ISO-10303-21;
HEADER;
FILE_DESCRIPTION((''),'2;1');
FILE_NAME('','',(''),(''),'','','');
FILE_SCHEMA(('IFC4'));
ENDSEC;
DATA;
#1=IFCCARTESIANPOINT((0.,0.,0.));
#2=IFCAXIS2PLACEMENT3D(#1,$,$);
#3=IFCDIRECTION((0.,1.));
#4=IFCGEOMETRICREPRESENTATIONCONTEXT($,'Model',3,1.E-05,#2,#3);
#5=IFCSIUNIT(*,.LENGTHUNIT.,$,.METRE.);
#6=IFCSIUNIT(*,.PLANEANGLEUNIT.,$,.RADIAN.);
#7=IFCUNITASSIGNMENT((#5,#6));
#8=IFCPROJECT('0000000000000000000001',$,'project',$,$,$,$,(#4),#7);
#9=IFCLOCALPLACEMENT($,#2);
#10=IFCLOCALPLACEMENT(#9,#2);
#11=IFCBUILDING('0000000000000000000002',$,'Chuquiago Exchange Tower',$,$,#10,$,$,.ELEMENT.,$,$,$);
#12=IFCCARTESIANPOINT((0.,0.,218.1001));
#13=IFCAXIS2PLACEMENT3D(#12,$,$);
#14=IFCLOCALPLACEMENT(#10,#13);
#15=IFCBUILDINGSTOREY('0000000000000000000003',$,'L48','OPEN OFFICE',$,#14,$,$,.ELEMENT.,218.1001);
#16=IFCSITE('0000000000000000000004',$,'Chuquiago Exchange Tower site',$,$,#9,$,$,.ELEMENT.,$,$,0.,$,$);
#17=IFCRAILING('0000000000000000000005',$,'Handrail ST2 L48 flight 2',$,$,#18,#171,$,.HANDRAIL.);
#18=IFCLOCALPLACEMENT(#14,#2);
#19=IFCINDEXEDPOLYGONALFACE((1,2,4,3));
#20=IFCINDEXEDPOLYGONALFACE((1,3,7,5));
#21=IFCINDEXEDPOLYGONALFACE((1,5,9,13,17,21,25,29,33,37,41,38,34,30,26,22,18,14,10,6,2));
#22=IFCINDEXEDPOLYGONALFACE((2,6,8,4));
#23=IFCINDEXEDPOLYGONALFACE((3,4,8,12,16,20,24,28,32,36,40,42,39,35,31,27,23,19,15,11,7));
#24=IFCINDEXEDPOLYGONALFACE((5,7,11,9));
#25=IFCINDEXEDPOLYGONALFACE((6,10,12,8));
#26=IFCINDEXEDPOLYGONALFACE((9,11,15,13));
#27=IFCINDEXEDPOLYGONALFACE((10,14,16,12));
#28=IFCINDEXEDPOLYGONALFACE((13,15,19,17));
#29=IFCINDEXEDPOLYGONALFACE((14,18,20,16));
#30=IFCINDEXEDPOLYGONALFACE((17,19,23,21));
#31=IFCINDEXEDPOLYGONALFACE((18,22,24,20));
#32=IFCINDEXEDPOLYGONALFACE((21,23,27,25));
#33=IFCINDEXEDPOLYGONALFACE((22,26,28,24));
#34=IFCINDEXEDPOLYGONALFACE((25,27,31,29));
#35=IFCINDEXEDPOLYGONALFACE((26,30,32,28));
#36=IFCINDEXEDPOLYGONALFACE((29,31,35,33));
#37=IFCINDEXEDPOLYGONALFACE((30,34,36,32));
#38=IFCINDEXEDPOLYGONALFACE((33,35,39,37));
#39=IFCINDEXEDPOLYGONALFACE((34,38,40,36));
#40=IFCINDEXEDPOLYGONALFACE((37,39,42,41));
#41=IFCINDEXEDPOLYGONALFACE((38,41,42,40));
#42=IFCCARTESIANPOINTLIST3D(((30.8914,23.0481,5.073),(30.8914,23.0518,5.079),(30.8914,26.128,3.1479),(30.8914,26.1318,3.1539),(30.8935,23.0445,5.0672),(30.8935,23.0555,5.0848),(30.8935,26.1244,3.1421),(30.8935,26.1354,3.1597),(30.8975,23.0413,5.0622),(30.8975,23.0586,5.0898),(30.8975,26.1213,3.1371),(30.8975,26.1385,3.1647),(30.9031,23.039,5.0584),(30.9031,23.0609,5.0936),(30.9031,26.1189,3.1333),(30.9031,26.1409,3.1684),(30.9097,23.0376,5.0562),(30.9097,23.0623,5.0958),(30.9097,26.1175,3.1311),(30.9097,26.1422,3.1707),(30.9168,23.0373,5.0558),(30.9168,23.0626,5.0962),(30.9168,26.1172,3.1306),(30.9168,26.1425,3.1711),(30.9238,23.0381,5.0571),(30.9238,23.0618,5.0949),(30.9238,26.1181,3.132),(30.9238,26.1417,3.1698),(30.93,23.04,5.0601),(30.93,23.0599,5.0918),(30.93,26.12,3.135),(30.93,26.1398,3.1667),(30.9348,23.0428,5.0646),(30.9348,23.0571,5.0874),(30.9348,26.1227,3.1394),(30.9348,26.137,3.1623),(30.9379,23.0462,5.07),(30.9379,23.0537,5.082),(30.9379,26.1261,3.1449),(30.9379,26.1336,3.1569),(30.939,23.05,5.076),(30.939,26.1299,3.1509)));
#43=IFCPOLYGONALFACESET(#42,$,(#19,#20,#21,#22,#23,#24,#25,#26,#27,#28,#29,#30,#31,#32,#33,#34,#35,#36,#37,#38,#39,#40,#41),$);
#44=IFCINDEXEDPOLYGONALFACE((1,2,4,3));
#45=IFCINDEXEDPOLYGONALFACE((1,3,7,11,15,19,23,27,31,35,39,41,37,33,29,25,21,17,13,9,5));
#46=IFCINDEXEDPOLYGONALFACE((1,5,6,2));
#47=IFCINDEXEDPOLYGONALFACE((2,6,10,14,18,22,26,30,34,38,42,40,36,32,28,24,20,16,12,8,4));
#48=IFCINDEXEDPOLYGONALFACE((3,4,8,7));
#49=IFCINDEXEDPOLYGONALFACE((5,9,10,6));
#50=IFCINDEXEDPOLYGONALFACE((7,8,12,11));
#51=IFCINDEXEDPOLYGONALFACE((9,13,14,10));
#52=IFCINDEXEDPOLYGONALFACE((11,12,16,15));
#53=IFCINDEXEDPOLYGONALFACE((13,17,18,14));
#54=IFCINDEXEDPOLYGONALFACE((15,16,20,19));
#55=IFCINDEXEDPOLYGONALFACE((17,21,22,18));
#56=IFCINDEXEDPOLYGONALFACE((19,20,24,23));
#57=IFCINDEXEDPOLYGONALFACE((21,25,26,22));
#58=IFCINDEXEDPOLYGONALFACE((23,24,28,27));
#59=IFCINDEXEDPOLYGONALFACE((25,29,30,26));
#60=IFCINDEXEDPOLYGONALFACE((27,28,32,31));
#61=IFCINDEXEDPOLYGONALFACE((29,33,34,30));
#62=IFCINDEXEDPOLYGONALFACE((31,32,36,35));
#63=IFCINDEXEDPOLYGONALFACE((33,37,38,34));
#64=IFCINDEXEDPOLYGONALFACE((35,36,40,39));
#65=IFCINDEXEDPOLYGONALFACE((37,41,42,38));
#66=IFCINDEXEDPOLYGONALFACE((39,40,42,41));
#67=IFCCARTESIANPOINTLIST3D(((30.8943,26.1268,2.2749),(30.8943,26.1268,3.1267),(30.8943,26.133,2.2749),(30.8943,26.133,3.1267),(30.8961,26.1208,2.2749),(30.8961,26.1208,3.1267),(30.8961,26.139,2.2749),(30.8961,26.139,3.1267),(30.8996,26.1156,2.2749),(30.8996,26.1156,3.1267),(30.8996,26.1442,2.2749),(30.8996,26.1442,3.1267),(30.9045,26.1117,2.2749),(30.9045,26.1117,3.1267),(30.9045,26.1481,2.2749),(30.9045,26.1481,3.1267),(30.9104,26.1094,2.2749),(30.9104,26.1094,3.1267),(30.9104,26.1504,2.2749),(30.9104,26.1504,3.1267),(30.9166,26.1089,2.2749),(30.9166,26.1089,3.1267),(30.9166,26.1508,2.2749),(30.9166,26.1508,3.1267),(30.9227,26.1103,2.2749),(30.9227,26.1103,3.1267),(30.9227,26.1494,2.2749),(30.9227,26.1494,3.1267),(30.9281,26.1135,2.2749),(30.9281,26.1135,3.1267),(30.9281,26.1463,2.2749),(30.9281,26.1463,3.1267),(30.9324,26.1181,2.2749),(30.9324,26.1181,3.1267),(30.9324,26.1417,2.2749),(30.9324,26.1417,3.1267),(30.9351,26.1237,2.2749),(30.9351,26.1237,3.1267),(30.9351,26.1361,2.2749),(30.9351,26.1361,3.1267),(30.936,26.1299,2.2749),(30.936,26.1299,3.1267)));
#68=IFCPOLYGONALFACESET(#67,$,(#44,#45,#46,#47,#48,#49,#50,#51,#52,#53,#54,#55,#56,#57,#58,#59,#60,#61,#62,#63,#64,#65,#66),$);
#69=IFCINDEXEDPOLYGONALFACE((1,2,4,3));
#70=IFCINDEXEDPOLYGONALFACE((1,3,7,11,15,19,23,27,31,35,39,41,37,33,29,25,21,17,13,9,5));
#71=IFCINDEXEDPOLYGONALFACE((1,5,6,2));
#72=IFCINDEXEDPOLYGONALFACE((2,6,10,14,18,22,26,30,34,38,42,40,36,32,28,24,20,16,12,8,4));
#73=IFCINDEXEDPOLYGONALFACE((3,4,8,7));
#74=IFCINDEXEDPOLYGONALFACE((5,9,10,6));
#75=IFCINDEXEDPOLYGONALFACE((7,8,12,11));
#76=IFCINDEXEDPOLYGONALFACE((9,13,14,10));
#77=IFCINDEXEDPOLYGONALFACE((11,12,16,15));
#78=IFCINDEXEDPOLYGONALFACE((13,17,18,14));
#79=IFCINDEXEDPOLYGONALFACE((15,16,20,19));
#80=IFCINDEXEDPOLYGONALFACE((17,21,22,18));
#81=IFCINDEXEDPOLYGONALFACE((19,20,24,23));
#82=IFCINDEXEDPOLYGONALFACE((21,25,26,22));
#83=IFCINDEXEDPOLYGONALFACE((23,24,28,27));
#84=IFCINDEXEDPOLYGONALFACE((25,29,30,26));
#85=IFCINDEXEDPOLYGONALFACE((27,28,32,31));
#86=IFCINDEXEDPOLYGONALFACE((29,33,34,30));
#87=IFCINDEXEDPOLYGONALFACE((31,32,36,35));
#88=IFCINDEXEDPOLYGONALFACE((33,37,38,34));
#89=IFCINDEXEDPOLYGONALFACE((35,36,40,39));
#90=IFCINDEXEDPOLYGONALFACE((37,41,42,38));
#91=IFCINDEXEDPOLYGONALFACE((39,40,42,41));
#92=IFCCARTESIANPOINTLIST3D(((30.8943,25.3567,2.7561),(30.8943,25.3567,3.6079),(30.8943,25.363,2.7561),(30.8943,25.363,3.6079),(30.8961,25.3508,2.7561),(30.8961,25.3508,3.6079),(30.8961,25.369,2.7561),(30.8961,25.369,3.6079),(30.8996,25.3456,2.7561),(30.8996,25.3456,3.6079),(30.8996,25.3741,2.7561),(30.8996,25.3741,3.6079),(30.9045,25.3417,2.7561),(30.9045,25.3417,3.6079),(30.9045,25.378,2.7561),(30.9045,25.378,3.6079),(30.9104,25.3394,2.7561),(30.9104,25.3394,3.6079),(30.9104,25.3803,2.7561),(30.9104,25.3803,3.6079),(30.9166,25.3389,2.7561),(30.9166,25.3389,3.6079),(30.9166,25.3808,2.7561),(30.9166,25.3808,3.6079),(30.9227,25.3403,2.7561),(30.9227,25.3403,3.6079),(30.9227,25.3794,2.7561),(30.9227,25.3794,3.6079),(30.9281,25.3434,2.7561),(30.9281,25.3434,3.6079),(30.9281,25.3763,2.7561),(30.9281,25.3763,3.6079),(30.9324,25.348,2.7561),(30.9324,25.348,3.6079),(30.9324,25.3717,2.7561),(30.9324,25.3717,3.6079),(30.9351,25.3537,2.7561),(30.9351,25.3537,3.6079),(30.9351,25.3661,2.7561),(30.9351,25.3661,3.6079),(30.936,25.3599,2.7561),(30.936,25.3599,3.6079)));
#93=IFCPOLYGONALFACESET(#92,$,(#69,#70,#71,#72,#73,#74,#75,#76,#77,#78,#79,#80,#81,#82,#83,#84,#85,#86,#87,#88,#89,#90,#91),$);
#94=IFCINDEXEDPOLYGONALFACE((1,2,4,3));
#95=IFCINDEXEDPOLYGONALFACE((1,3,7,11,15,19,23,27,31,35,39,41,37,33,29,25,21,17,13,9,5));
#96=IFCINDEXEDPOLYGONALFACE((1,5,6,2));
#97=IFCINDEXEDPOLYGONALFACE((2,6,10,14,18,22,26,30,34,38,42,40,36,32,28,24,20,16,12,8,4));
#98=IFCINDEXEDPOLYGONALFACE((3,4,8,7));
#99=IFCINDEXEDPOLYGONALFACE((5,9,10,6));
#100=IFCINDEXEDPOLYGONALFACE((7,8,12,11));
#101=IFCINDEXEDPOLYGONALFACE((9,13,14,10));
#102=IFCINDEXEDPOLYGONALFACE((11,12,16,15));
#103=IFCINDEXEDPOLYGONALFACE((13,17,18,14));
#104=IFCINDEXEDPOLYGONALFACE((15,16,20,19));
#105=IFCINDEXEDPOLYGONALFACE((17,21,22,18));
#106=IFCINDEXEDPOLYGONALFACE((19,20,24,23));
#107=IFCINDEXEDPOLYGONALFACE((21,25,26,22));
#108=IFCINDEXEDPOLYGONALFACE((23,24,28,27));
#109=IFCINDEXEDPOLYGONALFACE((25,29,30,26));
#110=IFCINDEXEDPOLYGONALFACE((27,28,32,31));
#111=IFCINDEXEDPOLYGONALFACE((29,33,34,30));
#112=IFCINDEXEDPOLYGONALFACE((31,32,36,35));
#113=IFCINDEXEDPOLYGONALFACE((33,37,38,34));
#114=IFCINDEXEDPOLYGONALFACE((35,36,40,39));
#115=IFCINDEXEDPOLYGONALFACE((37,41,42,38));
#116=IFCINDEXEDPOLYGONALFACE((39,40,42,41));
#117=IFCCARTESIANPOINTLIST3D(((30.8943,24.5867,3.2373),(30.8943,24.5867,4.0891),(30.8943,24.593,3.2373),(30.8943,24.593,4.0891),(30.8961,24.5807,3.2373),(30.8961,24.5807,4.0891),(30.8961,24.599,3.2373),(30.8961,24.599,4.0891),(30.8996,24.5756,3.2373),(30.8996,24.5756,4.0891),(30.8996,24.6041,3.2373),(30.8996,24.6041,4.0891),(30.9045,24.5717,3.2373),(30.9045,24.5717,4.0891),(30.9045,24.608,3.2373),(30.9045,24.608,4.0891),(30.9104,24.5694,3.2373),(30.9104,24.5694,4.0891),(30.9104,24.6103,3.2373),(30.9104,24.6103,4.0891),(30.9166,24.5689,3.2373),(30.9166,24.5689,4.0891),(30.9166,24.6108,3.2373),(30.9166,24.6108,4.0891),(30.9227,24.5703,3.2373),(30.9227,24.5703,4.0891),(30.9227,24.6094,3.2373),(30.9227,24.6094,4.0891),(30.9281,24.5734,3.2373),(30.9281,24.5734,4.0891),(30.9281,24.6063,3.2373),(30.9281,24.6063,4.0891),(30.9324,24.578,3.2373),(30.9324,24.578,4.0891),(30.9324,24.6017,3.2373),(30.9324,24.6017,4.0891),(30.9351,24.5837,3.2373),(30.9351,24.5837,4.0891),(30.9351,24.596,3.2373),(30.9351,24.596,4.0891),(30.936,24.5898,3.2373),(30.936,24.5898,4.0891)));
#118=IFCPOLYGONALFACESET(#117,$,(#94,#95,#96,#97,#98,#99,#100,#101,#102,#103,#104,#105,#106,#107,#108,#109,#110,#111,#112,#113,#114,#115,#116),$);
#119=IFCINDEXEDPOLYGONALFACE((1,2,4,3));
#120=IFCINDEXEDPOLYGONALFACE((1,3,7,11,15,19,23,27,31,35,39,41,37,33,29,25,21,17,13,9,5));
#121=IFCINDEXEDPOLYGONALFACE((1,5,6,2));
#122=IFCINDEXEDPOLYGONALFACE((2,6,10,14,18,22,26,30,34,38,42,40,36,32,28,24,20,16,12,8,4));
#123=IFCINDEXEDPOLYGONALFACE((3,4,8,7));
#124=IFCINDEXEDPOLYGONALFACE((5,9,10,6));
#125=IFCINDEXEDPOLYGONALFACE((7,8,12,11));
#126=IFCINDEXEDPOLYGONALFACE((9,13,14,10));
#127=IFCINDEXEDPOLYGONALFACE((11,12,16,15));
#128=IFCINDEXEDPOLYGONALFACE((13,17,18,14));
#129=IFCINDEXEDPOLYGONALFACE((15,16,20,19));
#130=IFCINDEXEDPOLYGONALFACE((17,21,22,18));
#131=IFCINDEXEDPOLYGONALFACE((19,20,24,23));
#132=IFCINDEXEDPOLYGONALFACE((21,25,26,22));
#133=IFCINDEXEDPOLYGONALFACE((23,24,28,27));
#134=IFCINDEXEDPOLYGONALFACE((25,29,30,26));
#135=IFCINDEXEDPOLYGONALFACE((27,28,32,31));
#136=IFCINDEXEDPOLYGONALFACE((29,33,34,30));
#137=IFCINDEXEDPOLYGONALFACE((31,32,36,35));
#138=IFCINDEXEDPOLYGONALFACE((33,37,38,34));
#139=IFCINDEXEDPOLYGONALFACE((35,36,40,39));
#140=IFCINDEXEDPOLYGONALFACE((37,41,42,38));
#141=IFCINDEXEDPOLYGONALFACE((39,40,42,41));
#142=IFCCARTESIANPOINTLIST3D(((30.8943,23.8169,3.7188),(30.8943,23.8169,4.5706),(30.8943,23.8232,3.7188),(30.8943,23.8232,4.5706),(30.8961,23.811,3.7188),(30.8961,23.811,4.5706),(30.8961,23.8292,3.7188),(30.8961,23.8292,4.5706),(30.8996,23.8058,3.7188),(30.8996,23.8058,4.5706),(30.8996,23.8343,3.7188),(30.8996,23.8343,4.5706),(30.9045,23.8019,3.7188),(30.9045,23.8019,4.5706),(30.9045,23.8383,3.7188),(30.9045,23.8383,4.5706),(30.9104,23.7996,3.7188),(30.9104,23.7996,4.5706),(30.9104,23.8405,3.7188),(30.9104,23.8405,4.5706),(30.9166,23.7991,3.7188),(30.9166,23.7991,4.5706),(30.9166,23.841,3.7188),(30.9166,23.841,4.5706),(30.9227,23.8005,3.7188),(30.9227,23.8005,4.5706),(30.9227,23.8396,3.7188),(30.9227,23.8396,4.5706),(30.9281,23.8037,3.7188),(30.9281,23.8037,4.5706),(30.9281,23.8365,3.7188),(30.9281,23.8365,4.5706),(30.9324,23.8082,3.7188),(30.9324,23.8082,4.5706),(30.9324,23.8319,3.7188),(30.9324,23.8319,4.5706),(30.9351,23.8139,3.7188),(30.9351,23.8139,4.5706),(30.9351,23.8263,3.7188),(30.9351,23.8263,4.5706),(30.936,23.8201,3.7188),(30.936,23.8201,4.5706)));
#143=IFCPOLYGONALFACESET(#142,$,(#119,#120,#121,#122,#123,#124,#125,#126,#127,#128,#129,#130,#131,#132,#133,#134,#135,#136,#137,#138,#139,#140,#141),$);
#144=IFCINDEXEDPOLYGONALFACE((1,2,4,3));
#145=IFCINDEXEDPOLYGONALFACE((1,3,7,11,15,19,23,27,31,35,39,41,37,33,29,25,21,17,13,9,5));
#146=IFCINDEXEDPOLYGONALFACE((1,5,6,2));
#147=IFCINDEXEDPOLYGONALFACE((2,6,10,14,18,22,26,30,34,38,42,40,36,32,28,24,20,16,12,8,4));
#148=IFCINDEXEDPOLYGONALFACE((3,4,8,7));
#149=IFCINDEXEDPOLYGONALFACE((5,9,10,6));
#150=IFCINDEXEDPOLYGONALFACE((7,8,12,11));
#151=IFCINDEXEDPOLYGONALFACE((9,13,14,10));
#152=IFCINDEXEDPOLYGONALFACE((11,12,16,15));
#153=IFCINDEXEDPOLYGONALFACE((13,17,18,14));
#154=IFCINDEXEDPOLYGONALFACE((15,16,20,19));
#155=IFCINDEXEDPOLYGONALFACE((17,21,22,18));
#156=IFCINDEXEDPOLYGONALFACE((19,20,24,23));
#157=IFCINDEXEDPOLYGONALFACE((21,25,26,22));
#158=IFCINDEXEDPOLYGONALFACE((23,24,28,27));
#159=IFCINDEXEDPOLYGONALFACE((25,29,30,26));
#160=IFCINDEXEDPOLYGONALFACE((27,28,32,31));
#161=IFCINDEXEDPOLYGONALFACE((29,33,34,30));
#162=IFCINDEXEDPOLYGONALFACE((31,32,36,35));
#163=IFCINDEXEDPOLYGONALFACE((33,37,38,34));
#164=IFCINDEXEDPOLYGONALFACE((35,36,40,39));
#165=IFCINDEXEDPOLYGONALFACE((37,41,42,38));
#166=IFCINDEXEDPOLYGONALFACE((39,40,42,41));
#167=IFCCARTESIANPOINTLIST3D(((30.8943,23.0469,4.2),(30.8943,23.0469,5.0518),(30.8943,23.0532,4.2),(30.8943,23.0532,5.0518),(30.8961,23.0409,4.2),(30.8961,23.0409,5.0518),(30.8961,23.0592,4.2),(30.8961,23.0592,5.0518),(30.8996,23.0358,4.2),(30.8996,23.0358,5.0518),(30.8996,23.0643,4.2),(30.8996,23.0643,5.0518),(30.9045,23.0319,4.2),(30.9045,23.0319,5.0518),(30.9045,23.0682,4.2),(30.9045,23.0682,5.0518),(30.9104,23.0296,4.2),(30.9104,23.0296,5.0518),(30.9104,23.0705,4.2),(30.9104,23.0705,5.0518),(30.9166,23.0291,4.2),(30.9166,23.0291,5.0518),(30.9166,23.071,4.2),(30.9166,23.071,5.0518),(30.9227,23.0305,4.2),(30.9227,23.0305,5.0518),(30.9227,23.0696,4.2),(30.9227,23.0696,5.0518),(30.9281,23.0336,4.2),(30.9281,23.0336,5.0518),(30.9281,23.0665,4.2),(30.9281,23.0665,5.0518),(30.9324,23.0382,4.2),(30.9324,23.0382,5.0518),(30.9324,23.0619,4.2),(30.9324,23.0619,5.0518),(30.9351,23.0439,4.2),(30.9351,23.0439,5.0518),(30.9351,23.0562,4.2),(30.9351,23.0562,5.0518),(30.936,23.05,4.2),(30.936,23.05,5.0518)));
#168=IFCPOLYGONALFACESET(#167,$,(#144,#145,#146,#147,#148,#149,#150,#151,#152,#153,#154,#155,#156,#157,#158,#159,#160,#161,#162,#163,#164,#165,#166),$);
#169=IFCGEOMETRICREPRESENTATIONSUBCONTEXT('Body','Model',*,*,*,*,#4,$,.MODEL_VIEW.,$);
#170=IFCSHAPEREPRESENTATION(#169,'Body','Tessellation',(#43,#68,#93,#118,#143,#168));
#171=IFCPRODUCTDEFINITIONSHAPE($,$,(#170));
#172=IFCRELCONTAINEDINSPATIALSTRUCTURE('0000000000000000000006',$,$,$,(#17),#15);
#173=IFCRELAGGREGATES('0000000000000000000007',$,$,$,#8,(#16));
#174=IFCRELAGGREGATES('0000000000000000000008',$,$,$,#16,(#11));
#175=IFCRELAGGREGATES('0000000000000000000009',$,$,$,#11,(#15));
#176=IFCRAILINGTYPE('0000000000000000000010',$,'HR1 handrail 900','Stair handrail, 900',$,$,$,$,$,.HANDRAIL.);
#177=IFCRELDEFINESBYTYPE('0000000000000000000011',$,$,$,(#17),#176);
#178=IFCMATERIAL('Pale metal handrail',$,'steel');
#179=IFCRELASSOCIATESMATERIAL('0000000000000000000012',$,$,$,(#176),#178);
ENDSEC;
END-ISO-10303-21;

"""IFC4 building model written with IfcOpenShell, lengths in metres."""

from ifc_helpers import new_model, si_unit, direction, frame, origin, origin_2d, place, context, subcontext, project, spatial, circle, extrude, material, type_object, element, save


model = new_model("IFC4")

# Units and contexts
model_context = context("Model", 3, precision=1e-05, world=origin(), true_north=direction((0.0, 1.0)))
body_context = subcontext(model_context, "Body", "Model", "MODEL_VIEW")
ifc_project = project(units=[si_unit("LENGTHUNIT", "METRE"), si_unit("PLANEANGLEUNIT", "RADIAN")], contexts=[model_context])

# Site, building, storey
site_placement = place(None, origin())
site = spatial("IfcSite", under=ifc_project, at=site_placement, Name="Chuquiago Exchange Tower site", CompositionType="ELEMENT", RefElevation=0.0)
building_placement = place(site_placement, origin())
building = spatial("IfcBuilding", under=site, at=building_placement, Name="Chuquiago Exchange Tower", CompositionType="ELEMENT")
storey_placement = place(building_placement, frame((0.0, 0.0, 218.1001)))
storey = spatial("IfcBuildingStorey", under=building, at=storey_placement, Name="L48", Description="OPEN OFFICE", CompositionType="ELEMENT", Elevation=218.1001)

# Railing
ifc_material_1 = material(Name="Pale metal handrail", Category="steel")
railing_type_1 = type_object("IfcRailingType", Name="HR1 handrail 900", Description="Stair handrail, 900", PredefinedType="HANDRAIL", material=ifc_material_1)
railing_1_placement = place(storey_placement, frame((30.915, 26.1299, 2.2749)))
element("IfcRailing", 1, at=railing_1_placement, inside=storey, type_object=railing_type_1, Name="Handrail ST2 L48 flight 2", PredefinedType="HANDRAIL", context=body_context, shape_type="SweptSolid", body=[
    extrude(circle(Radius=0.0239, at=origin_2d()), frame((0.0, 0.0, 0.876), z_axis=(0.0, -0.847979, 0.530029), x_axis=(1.0, 0.0, 0.0)), (0.0, 0.0, 1.0), 3.6321),
    extrude(circle(Radius=0.021, at=origin_2d()), origin(), (0.0, 0.0, 1.0), 0.8518),
    extrude(circle(Radius=0.021, at=origin_2d()), frame((0.0, -0.77, 0.4812)), (0.0, 0.0, 1.0), 0.8518),
    extrude(circle(Radius=0.021, at=origin_2d()), frame((0.0, -1.54, 0.9624)), (0.0, 0.0, 1.0), 0.8518),
    extrude(circle(Radius=0.021, at=origin_2d()), frame((0.0, -2.3098, 1.4438)), (0.0, 0.0, 1.0), 0.8518),
    extrude(circle(Radius=0.021, at=origin_2d()), frame((0.0, -3.0798, 1.925)), (0.0, 0.0, 1.0), 0.8518),
])

save(model, "model.ifc")
